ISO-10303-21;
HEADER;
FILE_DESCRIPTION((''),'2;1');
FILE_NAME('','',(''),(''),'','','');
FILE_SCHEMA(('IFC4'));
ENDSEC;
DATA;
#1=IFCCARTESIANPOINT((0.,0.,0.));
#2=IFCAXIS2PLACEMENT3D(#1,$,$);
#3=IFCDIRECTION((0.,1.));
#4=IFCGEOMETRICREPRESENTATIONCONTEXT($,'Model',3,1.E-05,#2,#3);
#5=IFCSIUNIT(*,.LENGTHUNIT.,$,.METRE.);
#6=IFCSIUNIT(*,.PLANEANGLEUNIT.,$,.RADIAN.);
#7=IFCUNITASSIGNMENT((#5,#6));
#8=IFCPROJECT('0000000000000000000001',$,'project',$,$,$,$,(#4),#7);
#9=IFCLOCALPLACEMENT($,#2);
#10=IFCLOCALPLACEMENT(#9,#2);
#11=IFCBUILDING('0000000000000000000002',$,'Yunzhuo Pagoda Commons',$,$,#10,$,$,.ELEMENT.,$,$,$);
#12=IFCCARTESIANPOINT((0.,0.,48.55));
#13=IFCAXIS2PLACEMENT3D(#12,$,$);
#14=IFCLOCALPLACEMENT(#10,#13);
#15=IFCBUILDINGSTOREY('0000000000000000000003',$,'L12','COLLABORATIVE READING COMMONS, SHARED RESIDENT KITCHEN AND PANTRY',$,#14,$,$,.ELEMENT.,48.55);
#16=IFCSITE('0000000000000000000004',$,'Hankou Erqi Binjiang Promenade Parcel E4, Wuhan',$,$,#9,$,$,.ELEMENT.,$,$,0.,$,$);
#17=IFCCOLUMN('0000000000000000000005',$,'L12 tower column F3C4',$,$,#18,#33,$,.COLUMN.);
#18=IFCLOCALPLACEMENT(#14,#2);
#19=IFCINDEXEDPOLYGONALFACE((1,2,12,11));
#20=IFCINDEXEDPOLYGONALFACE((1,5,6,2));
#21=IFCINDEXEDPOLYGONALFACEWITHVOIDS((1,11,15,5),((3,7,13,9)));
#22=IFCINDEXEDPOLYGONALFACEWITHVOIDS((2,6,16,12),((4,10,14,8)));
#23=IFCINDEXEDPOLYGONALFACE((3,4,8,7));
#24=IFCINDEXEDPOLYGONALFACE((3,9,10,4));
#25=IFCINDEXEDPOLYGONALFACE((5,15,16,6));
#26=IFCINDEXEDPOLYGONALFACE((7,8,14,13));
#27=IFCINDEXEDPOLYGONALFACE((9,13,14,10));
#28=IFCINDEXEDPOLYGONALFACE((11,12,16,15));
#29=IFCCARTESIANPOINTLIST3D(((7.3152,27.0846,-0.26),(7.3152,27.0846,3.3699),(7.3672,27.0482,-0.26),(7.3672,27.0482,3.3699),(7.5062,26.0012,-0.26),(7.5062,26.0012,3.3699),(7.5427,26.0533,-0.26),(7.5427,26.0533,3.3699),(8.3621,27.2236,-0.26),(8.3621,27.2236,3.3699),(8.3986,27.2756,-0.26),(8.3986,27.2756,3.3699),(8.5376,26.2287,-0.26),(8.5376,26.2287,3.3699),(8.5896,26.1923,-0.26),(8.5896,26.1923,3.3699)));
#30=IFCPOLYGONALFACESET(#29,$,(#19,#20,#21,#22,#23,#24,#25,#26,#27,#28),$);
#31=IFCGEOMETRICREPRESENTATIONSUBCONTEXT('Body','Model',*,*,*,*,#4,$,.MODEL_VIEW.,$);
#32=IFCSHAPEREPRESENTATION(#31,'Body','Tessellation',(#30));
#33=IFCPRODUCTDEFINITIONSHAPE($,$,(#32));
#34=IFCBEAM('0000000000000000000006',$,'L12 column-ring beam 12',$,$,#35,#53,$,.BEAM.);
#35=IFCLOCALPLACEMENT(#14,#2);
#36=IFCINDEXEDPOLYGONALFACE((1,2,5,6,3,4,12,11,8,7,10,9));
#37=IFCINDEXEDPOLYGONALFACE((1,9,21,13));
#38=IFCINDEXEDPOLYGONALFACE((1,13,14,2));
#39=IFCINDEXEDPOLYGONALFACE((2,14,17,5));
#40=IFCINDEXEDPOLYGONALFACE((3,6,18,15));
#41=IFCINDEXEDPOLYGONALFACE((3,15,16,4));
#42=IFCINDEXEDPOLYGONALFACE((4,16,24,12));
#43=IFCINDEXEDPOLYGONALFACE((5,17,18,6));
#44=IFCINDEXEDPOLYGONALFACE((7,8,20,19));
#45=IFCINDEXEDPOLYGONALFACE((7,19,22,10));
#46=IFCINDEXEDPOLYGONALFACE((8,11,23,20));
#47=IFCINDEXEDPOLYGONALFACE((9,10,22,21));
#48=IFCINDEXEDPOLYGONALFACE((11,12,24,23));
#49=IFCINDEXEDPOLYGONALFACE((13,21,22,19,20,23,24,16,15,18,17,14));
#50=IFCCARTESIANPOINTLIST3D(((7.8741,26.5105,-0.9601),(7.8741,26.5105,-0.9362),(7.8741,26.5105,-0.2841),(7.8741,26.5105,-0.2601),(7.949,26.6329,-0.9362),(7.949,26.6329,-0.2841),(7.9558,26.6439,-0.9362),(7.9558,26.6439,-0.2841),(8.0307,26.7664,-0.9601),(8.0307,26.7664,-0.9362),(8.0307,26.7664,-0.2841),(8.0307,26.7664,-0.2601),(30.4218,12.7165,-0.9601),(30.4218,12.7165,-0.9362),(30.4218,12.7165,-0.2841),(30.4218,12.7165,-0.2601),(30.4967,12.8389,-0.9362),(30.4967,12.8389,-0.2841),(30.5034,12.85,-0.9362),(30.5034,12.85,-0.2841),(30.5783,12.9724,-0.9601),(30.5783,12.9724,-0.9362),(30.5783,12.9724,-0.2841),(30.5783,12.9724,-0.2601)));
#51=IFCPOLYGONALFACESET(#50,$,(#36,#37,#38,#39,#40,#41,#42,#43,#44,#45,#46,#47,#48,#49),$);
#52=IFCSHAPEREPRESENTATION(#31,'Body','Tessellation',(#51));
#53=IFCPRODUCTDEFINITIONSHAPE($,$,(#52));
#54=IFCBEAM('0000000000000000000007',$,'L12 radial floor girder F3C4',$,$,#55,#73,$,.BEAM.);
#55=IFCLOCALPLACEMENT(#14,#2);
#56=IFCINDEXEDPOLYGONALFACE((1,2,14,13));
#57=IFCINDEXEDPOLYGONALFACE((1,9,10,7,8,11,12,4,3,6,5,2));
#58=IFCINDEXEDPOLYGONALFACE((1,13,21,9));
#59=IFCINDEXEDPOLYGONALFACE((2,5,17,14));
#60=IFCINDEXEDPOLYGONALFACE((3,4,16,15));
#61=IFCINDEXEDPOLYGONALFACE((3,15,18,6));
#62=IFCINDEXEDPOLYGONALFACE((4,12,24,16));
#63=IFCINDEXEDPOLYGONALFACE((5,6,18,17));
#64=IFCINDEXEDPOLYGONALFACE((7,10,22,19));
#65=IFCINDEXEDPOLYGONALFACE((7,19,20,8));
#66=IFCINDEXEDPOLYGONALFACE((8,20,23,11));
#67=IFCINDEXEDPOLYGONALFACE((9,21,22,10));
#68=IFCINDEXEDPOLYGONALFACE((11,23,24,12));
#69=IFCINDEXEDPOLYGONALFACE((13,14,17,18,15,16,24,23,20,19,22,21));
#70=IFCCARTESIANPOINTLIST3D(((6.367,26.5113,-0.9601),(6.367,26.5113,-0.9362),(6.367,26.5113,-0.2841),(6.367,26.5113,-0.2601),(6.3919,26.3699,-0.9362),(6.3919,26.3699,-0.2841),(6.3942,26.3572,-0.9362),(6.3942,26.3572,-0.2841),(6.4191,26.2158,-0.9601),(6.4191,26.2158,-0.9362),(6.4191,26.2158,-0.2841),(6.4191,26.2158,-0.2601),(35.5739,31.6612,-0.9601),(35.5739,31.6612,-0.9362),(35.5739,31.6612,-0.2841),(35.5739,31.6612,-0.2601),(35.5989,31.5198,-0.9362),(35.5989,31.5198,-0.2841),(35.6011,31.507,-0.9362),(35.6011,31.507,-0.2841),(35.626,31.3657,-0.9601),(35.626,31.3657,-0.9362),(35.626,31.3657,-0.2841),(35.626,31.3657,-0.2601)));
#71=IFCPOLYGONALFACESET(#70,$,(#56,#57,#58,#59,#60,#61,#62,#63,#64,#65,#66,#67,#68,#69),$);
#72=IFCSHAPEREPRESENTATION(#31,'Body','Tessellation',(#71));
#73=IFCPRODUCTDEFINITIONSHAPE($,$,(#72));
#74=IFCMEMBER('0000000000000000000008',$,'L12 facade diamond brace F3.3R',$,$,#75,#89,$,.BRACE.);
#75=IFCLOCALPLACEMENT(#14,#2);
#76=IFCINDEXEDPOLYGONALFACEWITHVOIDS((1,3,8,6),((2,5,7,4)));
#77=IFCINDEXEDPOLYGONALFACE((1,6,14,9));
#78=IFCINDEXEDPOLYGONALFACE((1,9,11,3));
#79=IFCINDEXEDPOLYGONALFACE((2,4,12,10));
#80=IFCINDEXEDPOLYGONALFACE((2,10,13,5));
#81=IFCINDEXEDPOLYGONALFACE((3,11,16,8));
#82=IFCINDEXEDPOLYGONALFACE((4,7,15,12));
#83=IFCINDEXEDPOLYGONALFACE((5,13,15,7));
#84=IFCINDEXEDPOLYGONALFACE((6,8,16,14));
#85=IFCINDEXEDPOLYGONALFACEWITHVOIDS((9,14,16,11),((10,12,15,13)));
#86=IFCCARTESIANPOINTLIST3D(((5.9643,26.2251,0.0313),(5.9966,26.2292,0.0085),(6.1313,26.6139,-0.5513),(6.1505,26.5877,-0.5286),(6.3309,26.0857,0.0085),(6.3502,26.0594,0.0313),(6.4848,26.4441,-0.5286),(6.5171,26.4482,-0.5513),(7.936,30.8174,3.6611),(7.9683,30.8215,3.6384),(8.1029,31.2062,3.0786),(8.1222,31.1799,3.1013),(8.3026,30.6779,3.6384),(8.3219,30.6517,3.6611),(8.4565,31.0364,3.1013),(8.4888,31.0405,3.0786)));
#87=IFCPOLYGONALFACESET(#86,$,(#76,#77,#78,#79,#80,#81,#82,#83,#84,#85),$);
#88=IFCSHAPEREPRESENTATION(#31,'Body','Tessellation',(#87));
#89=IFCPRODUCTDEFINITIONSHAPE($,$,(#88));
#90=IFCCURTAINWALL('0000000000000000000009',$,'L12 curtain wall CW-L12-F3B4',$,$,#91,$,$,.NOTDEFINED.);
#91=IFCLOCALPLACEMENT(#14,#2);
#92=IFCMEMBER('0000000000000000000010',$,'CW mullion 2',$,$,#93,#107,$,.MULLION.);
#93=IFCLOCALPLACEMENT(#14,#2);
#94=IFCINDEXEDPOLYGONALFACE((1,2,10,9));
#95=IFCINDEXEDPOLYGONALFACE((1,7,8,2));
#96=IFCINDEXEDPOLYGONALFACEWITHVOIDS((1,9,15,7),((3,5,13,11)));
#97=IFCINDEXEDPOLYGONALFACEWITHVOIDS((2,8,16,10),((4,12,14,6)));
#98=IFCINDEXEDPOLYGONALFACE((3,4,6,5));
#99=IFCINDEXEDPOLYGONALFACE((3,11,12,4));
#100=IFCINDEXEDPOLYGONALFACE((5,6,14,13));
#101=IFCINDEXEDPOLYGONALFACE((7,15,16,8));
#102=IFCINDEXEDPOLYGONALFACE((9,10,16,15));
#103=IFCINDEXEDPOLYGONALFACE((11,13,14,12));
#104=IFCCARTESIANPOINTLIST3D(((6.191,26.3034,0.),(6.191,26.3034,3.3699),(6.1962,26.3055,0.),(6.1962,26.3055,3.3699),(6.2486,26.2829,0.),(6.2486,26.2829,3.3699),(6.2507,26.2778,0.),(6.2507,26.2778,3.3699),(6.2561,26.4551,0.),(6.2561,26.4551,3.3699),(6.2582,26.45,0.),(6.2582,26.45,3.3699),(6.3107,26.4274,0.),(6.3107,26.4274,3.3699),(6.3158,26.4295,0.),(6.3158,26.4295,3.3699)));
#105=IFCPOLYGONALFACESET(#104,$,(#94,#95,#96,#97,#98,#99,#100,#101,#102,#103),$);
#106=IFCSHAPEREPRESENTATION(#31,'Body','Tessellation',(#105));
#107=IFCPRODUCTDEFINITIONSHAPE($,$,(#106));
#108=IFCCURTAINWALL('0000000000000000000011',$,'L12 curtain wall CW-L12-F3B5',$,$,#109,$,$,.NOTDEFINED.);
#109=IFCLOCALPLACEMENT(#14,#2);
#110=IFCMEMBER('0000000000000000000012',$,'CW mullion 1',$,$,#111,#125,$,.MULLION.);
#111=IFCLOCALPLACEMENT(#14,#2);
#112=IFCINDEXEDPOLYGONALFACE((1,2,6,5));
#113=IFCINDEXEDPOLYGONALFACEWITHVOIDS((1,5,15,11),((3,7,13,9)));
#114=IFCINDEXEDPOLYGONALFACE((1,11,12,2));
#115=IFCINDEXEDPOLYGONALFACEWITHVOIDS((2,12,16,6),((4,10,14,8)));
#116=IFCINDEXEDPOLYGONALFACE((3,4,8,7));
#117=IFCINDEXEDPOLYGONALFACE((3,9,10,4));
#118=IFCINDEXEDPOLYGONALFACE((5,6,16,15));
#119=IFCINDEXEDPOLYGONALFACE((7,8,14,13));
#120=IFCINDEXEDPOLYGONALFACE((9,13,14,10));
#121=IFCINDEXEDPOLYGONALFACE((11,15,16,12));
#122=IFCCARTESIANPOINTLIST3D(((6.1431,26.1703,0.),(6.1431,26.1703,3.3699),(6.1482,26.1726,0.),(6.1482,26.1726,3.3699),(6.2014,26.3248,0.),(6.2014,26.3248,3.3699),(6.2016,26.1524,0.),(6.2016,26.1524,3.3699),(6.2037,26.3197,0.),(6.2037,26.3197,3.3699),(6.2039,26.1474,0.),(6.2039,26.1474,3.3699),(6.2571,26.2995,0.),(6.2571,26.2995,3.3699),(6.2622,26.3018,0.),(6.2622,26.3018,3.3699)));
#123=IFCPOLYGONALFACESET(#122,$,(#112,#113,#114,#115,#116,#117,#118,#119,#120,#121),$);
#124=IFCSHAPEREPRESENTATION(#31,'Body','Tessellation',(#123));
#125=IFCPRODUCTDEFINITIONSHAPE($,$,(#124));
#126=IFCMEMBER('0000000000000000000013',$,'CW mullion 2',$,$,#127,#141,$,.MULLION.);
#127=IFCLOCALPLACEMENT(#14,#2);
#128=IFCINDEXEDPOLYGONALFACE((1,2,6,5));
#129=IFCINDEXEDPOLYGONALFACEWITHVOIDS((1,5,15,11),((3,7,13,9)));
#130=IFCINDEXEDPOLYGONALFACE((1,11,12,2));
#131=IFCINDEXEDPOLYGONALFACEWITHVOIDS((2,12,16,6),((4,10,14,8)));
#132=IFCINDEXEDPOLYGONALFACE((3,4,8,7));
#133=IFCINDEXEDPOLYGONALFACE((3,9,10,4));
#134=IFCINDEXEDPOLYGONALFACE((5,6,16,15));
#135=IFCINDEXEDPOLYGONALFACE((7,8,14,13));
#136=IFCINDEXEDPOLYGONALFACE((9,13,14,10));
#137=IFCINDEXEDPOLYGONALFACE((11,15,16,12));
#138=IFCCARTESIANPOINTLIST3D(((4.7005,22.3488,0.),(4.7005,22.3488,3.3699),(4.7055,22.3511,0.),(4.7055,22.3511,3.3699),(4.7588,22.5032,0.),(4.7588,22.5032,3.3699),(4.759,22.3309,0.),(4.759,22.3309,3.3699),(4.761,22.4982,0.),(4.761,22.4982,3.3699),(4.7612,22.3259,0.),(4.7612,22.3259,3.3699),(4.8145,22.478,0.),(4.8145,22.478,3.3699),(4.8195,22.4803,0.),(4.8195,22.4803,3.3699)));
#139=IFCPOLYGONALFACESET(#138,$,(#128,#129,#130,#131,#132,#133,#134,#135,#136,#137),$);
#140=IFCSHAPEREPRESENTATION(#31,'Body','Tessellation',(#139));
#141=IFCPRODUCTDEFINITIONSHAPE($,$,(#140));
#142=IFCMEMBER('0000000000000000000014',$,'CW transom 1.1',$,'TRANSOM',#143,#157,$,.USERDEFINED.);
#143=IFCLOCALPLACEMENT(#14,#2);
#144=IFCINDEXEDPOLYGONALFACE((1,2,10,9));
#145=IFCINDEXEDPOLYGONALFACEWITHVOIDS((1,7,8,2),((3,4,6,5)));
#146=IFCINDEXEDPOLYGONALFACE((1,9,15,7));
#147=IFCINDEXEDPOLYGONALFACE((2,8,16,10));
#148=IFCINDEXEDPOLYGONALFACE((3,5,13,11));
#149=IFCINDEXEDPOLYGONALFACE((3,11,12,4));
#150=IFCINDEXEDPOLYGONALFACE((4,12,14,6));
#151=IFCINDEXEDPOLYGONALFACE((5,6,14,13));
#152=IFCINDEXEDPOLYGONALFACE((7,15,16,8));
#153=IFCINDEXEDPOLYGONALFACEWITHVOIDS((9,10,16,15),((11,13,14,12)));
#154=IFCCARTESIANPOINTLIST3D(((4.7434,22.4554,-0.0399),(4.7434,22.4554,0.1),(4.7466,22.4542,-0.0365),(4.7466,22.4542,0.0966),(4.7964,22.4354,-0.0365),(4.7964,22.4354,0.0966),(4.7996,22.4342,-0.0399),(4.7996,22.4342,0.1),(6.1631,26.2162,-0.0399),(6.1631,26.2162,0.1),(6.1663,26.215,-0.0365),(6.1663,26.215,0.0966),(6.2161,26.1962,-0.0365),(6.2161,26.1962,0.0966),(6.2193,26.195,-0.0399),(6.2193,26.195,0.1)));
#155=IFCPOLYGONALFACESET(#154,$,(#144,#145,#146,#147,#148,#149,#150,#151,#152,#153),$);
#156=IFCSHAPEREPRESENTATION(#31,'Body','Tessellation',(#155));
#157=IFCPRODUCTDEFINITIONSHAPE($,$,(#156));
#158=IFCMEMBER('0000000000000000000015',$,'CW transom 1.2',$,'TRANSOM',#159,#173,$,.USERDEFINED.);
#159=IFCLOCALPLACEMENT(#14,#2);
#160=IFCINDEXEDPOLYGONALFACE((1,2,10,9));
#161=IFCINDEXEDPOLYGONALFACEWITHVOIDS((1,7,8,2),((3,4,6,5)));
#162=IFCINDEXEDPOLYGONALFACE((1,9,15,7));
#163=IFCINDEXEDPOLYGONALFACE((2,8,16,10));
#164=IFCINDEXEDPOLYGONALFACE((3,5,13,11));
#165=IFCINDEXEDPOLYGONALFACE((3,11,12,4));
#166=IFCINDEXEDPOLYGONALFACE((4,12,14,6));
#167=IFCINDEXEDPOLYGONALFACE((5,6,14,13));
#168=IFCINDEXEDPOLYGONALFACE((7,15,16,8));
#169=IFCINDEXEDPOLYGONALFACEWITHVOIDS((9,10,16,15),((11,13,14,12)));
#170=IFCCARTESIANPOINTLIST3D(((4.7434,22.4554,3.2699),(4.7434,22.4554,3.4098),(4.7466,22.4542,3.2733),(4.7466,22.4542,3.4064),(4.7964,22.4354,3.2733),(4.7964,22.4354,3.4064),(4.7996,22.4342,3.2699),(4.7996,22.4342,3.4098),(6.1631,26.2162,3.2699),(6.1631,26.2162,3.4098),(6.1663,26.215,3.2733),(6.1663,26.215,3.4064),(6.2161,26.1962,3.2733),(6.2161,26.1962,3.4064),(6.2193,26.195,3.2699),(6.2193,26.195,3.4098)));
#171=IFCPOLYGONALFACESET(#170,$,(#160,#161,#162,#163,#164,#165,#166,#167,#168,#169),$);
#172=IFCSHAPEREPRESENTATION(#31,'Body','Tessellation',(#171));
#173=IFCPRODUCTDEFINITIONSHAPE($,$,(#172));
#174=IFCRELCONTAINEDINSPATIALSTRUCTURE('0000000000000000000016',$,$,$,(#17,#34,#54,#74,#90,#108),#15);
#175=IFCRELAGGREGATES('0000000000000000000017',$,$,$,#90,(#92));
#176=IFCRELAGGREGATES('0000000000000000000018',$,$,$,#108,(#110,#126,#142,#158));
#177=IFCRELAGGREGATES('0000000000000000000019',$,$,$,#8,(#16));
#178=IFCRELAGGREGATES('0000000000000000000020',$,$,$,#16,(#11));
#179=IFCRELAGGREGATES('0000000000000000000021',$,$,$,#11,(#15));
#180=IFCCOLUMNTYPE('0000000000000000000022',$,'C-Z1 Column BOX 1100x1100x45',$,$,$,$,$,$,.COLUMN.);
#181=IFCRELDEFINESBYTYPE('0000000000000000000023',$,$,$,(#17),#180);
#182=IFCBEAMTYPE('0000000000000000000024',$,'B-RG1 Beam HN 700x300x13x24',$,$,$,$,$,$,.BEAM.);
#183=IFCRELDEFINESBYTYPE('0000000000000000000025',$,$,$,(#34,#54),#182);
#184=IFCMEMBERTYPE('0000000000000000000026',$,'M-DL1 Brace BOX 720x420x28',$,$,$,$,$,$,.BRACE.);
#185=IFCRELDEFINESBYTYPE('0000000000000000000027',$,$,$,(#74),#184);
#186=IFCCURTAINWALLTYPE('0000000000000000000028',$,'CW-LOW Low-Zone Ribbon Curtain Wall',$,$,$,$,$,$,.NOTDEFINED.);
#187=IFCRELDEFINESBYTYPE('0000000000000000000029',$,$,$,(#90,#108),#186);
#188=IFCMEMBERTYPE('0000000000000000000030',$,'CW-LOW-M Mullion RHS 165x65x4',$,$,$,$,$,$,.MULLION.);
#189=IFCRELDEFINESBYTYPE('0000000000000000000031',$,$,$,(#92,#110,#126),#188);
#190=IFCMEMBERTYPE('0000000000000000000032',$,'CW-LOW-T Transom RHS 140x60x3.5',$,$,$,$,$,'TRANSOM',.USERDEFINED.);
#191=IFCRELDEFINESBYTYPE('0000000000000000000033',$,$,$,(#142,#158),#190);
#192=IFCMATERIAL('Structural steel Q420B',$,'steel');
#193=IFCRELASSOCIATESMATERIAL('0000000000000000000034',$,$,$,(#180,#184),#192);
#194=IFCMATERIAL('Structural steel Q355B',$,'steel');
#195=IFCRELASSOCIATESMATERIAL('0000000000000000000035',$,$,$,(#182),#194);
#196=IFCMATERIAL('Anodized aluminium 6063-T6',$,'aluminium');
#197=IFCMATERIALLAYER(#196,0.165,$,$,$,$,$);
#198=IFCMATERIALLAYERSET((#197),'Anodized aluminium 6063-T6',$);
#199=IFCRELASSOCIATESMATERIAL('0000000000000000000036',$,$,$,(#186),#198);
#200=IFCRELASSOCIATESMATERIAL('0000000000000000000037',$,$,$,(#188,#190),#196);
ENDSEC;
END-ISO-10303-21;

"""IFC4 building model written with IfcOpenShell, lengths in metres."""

from ifc_helpers import new_model, si_unit, direction, frame, origin, origin_2d, place, context, subcontext, project, spatial, hollow_rectangle, i_section, extrude, source, transform, mapped, material, layer, layer_set, material_profile, profile_set, type_object, element, aggregate, save


model = new_model("IFC4")

# Units and contexts
model_context = context("Model", 3, precision=1e-05, world=origin(), true_north=direction((0.0, 1.0)))
body_context = subcontext(model_context, "Body", "Model", "MODEL_VIEW")
ifc_project = project(units=[si_unit("LENGTHUNIT", "METRE"), si_unit("PLANEANGLEUNIT", "RADIAN")], contexts=[model_context])

# Site, building, storey
site_placement = place(None, origin())
site = spatial("IfcSite", under=ifc_project, at=site_placement, Name="Hankou Erqi Binjiang Promenade Parcel E4, Wuhan", CompositionType="ELEMENT", RefElevation=0.0)
building_placement = place(site_placement, origin())
building = spatial("IfcBuilding", under=site, at=building_placement, Name="Yunzhuo Pagoda Commons", CompositionType="ELEMENT")
storey_placement = place(building_placement, frame((0.0, 0.0, 48.55)))
storey = spatial("IfcBuildingStorey", under=building, at=storey_placement, Name="L12", Description="COLLABORATIVE READING COMMONS, SHARED RESIDENT KITCHEN AND PANTRY", CompositionType="ELEMENT", Elevation=48.55)

# Column
ifc_material_1 = material(Name="Structural steel Q420B", Category="steel")
ifc_material_profile_1 = material_profile(ifc_material_1, hollow_rectangle(XDim=1.1001, YDim=1.1001, WallThickness=0.0449, at=origin_2d()), Name="Structural steel Q420B")
ifc_profile_set_1 = profile_set([ifc_material_profile_1], Name="Structural steel Q420B")
column_type = type_object("IfcColumnType", Name="C-Z1 Column BOX 1100x1100x45", PredefinedType="COLUMN", material=ifc_profile_set_1)
shared_shape_1 = source(origin(), body_context, "Body", "SweptSolid", [
    extrude(hollow_rectangle(XDim=1.1001, YDim=1.1001, WallThickness=0.0449, at=origin_2d()), origin(), (0.0, 0.0, 1.0), 3.6299),
])
column_placement = place(storey_placement, frame((7.9524, 26.6384, -0.26), z_axis=(0.0, 0.0, 1.0), x_axis=(0.173648, -0.984808, 0.0)))
element("IfcColumn", 1, at=column_placement, inside=storey, type_object=column_type, Name="L12 tower column F3C4", PredefinedType="COLUMN", context=body_context, shape_type="MappedRepresentation", body=[
    mapped(shared_shape_1, transform((0.0, 0.0, 0.0), scale=1.0)),
])

# Beams
ifc_material_2 = material(Name="Structural steel Q355B", Category="steel")
ifc_material_profile_2 = material_profile(ifc_material_2, i_section(OverallWidth=0.3, OverallDepth=0.7, WebThickness=0.0129, FlangeThickness=0.0239, at=origin_2d()), Name="Structural steel Q355B")
ifc_profile_set_2 = profile_set([ifc_material_profile_2], Name="Structural steel Q355B")
beam_type = type_object("IfcBeamType", Name="B-RG1 Beam HN 700x300x13x24", PredefinedType="BEAM", material=ifc_profile_set_2)
shared_shape_2 = source(origin(), body_context, "Body", "SweptSolid", [
    extrude(i_section(OverallWidth=0.3, OverallDepth=0.7, WebThickness=0.0129, FlangeThickness=0.0239, at=origin_2d()), origin(), (0.0, 0.0, 1.0), 26.4324),
])
beam_1_placement = place(storey_placement, frame((7.9524, 26.6384, -0.6101), z_axis=(0.853032, -0.521859, 0.0), x_axis=(0.521859, 0.853032, 0.0)))
element("IfcBeam", 2, at=beam_1_placement, inside=storey, type_object=beam_type, Name="L12 column-ring beam 12", PredefinedType="BEAM", context=body_context, shape_type="MappedRepresentation", body=[
    mapped(shared_shape_2, transform((0.0, 0.0, 0.0), scale=1.0)),
])
shared_shape_3 = source(origin(), body_context, "Body", "SweptSolid", [
    extrude(i_section(OverallWidth=0.3, OverallDepth=0.7, WebThickness=0.0129, FlangeThickness=0.0239, at=origin_2d()), origin(), (0.0, 0.0, 1.0), 29.6575),
])
beam_2_placement = place(storey_placement, frame((6.3931, 26.3635, -0.6101), z_axis=(0.984808, 0.173645, 0.0), x_axis=(-0.173645, 0.984808, 0.0)))
element("IfcBeam", 3, at=beam_2_placement, inside=storey, type_object=beam_type, Name="L12 radial floor girder F3C4", PredefinedType="BEAM", context=body_context, shape_type="MappedRepresentation", body=[
    mapped(shared_shape_3, transform((0.0, 0.0, 0.0), scale=1.0)),
])

# Member
ifc_material_profile_3 = material_profile(ifc_material_1, hollow_rectangle(XDim=0.4199, YDim=0.72, WallThickness=0.0281, at=origin_2d()), Name="Structural steel Q420B")
ifc_profile_set_3 = profile_set([ifc_material_profile_3], Name="Structural steel Q420B")
member_type_1 = type_object("IfcMemberType", Name="M-DL1 Brace BOX 720x420x28", PredefinedType="BRACE", material=ifc_profile_set_3)
shared_shape_4 = source(origin(), body_context, "Body", "SweptSolid", [
    extrude(hollow_rectangle(XDim=0.4199, YDim=0.72, WallThickness=0.0281, at=origin_2d()), origin(), (0.0, 0.0, 1.0), 6.1768),
])
member_1_placement = place(storey_placement, frame((6.2407, 26.3367, -0.26), z_axis=(0.319208, 0.743475, 0.587666), x_axis=(-0.918887, 0.394521, 0.0)))
element("IfcMember", 4, at=member_1_placement, inside=storey, type_object=member_type_1, Name="L12 facade diamond brace F3.3R", PredefinedType="BRACE", context=body_context, shape_type="MappedRepresentation", body=[
    mapped(shared_shape_4, transform((0.0, 0.0, 0.0), scale=1.0)),
])

# Curtain wall, member
ifc_material_3 = material(Name="Anodized aluminium 6063-T6", Category="aluminium")
ifc_layer_1 = layer(ifc_material_3, 0.165)
ifc_layer_set_1 = layer_set([ifc_layer_1], Name="Anodized aluminium 6063-T6")
curtain_wall_type_1 = type_object("IfcCurtainWallType", Name="CW-LOW Low-Zone Ribbon Curtain Wall", PredefinedType="NOTDEFINED", material=ifc_layer_set_1)
curtain_wall_1_placement = place(storey_placement, origin())
curtain_wall_1 = element("IfcCurtainWall", 5, at=curtain_wall_1_placement, inside=storey, type_object=curtain_wall_type_1, Name="L12 curtain wall CW-L12-F3B4", PredefinedType="NOTDEFINED")
ifc_material_profile_4 = material_profile(ifc_material_3, hollow_rectangle(XDim=0.0649, YDim=0.165, WallThickness=0.0039, at=origin_2d()), Name="Anodized aluminium 6063-T6")
ifc_profile_set_4 = profile_set([ifc_material_profile_4], Name="Anodized aluminium 6063-T6")
member_type_2 = type_object("IfcMemberType", Name="CW-LOW-M Mullion RHS 165x65x4", PredefinedType="MULLION", material=ifc_profile_set_4)
shared_shape_5 = source(origin(), body_context, "Body", "SweptSolid", [
    extrude(hollow_rectangle(XDim=0.0649, YDim=0.165, WallThickness=0.0039, at=origin_2d()), origin(), (0.0, 0.0, 1.0), 3.3699),
])
member_2_placement = place(storey_placement, frame((6.2534, 26.3665, 0.0), z_axis=(0.0, 0.0, 1.0), x_axis=(0.918866, -0.394571, 0.0)))
member_2 = element("IfcMember", 6, at=member_2_placement, type_object=member_type_2, Name="CW mullion 2", PredefinedType="MULLION", context=body_context, shape_type="MappedRepresentation", body=[
    mapped(shared_shape_5, transform((0.0, 0.0, 0.0), scale=1.0)),
])

# Curtain wall, members
curtain_wall_2_placement = place(storey_placement, origin())
curtain_wall_2 = element("IfcCurtainWall", 7, at=curtain_wall_2_placement, inside=storey, type_object=curtain_wall_type_1, Name="L12 curtain wall CW-L12-F3B5", PredefinedType="NOTDEFINED")
member_3_placement = place(storey_placement, frame((6.2026, 26.2361, 0.0), z_axis=(0.0, 0.0, 1.0), x_axis=(0.935566, -0.353151, 0.0)))
member_3 = element("IfcMember", 8, at=member_3_placement, type_object=member_type_2, Name="CW mullion 1", PredefinedType="MULLION", context=body_context, shape_type="MappedRepresentation", body=[
    mapped(shared_shape_5, transform((0.0, 0.0, 0.0), scale=1.0)),
])
member_4_placement = place(storey_placement, frame((4.76, 22.4146, 0.0), z_axis=(0.0, 0.0, 1.0), x_axis=(0.935566, -0.353151, 0.0)))
member_4 = element("IfcMember", 9, at=member_4_placement, type_object=member_type_2, Name="CW mullion 2", PredefinedType="MULLION", context=body_context, shape_type="MappedRepresentation", body=[
    mapped(shared_shape_5, transform((0.0, 0.0, 0.0), scale=1.0)),
])
ifc_material_profile_5 = material_profile(ifc_material_3, hollow_rectangle(XDim=0.0601, YDim=0.1399, WallThickness=0.0034, at=origin_2d()), Name="Anodized aluminium 6063-T6")
ifc_profile_set_5 = profile_set([ifc_material_profile_5], Name="Anodized aluminium 6063-T6")
member_type_3 = type_object("IfcMemberType", Name="CW-LOW-T Transom RHS 140x60x3.5", ElementType="TRANSOM", PredefinedType="USERDEFINED", material=ifc_profile_set_5)
shared_shape_6 = source(origin(), body_context, "Body", "SweptSolid", [
    extrude(hollow_rectangle(XDim=0.0601, YDim=0.1399, WallThickness=0.0034, at=origin_2d()), origin(), (0.0, 0.0, 1.0), 4.0198),
])
member_5_placement = place(storey_placement, frame((6.1912, 26.2056, 0.03), z_axis=(-0.353173, -0.935558, 0.0), x_axis=(0.935558, -0.353173, 0.0)))
member_5 = element("IfcMember", 10, at=member_5_placement, type_object=member_type_3, Name="CW transom 1.1", ObjectType="TRANSOM", PredefinedType="USERDEFINED", context=body_context, shape_type="MappedRepresentation", body=[
    mapped(shared_shape_6, transform((0.0, 0.0, 0.0), scale=1.0)),
])
member_6_placement = place(storey_placement, frame((6.1912, 26.2056, 3.3398), z_axis=(-0.353173, -0.935558, 0.0), x_axis=(0.935558, -0.353173, 0.0)))
member_6 = element("IfcMember", 11, at=member_6_placement, type_object=member_type_3, Name="CW transom 1.2", ObjectType="TRANSOM", PredefinedType="USERDEFINED", context=body_context, shape_type="MappedRepresentation", body=[
    mapped(shared_shape_6, transform((0.0, 0.0, 0.0), scale=1.0)),
])

aggregate(curtain_wall_1, [member_2])
aggregate(curtain_wall_2, [member_3, member_4, member_5, member_6])

save(model, "model.ifc")
